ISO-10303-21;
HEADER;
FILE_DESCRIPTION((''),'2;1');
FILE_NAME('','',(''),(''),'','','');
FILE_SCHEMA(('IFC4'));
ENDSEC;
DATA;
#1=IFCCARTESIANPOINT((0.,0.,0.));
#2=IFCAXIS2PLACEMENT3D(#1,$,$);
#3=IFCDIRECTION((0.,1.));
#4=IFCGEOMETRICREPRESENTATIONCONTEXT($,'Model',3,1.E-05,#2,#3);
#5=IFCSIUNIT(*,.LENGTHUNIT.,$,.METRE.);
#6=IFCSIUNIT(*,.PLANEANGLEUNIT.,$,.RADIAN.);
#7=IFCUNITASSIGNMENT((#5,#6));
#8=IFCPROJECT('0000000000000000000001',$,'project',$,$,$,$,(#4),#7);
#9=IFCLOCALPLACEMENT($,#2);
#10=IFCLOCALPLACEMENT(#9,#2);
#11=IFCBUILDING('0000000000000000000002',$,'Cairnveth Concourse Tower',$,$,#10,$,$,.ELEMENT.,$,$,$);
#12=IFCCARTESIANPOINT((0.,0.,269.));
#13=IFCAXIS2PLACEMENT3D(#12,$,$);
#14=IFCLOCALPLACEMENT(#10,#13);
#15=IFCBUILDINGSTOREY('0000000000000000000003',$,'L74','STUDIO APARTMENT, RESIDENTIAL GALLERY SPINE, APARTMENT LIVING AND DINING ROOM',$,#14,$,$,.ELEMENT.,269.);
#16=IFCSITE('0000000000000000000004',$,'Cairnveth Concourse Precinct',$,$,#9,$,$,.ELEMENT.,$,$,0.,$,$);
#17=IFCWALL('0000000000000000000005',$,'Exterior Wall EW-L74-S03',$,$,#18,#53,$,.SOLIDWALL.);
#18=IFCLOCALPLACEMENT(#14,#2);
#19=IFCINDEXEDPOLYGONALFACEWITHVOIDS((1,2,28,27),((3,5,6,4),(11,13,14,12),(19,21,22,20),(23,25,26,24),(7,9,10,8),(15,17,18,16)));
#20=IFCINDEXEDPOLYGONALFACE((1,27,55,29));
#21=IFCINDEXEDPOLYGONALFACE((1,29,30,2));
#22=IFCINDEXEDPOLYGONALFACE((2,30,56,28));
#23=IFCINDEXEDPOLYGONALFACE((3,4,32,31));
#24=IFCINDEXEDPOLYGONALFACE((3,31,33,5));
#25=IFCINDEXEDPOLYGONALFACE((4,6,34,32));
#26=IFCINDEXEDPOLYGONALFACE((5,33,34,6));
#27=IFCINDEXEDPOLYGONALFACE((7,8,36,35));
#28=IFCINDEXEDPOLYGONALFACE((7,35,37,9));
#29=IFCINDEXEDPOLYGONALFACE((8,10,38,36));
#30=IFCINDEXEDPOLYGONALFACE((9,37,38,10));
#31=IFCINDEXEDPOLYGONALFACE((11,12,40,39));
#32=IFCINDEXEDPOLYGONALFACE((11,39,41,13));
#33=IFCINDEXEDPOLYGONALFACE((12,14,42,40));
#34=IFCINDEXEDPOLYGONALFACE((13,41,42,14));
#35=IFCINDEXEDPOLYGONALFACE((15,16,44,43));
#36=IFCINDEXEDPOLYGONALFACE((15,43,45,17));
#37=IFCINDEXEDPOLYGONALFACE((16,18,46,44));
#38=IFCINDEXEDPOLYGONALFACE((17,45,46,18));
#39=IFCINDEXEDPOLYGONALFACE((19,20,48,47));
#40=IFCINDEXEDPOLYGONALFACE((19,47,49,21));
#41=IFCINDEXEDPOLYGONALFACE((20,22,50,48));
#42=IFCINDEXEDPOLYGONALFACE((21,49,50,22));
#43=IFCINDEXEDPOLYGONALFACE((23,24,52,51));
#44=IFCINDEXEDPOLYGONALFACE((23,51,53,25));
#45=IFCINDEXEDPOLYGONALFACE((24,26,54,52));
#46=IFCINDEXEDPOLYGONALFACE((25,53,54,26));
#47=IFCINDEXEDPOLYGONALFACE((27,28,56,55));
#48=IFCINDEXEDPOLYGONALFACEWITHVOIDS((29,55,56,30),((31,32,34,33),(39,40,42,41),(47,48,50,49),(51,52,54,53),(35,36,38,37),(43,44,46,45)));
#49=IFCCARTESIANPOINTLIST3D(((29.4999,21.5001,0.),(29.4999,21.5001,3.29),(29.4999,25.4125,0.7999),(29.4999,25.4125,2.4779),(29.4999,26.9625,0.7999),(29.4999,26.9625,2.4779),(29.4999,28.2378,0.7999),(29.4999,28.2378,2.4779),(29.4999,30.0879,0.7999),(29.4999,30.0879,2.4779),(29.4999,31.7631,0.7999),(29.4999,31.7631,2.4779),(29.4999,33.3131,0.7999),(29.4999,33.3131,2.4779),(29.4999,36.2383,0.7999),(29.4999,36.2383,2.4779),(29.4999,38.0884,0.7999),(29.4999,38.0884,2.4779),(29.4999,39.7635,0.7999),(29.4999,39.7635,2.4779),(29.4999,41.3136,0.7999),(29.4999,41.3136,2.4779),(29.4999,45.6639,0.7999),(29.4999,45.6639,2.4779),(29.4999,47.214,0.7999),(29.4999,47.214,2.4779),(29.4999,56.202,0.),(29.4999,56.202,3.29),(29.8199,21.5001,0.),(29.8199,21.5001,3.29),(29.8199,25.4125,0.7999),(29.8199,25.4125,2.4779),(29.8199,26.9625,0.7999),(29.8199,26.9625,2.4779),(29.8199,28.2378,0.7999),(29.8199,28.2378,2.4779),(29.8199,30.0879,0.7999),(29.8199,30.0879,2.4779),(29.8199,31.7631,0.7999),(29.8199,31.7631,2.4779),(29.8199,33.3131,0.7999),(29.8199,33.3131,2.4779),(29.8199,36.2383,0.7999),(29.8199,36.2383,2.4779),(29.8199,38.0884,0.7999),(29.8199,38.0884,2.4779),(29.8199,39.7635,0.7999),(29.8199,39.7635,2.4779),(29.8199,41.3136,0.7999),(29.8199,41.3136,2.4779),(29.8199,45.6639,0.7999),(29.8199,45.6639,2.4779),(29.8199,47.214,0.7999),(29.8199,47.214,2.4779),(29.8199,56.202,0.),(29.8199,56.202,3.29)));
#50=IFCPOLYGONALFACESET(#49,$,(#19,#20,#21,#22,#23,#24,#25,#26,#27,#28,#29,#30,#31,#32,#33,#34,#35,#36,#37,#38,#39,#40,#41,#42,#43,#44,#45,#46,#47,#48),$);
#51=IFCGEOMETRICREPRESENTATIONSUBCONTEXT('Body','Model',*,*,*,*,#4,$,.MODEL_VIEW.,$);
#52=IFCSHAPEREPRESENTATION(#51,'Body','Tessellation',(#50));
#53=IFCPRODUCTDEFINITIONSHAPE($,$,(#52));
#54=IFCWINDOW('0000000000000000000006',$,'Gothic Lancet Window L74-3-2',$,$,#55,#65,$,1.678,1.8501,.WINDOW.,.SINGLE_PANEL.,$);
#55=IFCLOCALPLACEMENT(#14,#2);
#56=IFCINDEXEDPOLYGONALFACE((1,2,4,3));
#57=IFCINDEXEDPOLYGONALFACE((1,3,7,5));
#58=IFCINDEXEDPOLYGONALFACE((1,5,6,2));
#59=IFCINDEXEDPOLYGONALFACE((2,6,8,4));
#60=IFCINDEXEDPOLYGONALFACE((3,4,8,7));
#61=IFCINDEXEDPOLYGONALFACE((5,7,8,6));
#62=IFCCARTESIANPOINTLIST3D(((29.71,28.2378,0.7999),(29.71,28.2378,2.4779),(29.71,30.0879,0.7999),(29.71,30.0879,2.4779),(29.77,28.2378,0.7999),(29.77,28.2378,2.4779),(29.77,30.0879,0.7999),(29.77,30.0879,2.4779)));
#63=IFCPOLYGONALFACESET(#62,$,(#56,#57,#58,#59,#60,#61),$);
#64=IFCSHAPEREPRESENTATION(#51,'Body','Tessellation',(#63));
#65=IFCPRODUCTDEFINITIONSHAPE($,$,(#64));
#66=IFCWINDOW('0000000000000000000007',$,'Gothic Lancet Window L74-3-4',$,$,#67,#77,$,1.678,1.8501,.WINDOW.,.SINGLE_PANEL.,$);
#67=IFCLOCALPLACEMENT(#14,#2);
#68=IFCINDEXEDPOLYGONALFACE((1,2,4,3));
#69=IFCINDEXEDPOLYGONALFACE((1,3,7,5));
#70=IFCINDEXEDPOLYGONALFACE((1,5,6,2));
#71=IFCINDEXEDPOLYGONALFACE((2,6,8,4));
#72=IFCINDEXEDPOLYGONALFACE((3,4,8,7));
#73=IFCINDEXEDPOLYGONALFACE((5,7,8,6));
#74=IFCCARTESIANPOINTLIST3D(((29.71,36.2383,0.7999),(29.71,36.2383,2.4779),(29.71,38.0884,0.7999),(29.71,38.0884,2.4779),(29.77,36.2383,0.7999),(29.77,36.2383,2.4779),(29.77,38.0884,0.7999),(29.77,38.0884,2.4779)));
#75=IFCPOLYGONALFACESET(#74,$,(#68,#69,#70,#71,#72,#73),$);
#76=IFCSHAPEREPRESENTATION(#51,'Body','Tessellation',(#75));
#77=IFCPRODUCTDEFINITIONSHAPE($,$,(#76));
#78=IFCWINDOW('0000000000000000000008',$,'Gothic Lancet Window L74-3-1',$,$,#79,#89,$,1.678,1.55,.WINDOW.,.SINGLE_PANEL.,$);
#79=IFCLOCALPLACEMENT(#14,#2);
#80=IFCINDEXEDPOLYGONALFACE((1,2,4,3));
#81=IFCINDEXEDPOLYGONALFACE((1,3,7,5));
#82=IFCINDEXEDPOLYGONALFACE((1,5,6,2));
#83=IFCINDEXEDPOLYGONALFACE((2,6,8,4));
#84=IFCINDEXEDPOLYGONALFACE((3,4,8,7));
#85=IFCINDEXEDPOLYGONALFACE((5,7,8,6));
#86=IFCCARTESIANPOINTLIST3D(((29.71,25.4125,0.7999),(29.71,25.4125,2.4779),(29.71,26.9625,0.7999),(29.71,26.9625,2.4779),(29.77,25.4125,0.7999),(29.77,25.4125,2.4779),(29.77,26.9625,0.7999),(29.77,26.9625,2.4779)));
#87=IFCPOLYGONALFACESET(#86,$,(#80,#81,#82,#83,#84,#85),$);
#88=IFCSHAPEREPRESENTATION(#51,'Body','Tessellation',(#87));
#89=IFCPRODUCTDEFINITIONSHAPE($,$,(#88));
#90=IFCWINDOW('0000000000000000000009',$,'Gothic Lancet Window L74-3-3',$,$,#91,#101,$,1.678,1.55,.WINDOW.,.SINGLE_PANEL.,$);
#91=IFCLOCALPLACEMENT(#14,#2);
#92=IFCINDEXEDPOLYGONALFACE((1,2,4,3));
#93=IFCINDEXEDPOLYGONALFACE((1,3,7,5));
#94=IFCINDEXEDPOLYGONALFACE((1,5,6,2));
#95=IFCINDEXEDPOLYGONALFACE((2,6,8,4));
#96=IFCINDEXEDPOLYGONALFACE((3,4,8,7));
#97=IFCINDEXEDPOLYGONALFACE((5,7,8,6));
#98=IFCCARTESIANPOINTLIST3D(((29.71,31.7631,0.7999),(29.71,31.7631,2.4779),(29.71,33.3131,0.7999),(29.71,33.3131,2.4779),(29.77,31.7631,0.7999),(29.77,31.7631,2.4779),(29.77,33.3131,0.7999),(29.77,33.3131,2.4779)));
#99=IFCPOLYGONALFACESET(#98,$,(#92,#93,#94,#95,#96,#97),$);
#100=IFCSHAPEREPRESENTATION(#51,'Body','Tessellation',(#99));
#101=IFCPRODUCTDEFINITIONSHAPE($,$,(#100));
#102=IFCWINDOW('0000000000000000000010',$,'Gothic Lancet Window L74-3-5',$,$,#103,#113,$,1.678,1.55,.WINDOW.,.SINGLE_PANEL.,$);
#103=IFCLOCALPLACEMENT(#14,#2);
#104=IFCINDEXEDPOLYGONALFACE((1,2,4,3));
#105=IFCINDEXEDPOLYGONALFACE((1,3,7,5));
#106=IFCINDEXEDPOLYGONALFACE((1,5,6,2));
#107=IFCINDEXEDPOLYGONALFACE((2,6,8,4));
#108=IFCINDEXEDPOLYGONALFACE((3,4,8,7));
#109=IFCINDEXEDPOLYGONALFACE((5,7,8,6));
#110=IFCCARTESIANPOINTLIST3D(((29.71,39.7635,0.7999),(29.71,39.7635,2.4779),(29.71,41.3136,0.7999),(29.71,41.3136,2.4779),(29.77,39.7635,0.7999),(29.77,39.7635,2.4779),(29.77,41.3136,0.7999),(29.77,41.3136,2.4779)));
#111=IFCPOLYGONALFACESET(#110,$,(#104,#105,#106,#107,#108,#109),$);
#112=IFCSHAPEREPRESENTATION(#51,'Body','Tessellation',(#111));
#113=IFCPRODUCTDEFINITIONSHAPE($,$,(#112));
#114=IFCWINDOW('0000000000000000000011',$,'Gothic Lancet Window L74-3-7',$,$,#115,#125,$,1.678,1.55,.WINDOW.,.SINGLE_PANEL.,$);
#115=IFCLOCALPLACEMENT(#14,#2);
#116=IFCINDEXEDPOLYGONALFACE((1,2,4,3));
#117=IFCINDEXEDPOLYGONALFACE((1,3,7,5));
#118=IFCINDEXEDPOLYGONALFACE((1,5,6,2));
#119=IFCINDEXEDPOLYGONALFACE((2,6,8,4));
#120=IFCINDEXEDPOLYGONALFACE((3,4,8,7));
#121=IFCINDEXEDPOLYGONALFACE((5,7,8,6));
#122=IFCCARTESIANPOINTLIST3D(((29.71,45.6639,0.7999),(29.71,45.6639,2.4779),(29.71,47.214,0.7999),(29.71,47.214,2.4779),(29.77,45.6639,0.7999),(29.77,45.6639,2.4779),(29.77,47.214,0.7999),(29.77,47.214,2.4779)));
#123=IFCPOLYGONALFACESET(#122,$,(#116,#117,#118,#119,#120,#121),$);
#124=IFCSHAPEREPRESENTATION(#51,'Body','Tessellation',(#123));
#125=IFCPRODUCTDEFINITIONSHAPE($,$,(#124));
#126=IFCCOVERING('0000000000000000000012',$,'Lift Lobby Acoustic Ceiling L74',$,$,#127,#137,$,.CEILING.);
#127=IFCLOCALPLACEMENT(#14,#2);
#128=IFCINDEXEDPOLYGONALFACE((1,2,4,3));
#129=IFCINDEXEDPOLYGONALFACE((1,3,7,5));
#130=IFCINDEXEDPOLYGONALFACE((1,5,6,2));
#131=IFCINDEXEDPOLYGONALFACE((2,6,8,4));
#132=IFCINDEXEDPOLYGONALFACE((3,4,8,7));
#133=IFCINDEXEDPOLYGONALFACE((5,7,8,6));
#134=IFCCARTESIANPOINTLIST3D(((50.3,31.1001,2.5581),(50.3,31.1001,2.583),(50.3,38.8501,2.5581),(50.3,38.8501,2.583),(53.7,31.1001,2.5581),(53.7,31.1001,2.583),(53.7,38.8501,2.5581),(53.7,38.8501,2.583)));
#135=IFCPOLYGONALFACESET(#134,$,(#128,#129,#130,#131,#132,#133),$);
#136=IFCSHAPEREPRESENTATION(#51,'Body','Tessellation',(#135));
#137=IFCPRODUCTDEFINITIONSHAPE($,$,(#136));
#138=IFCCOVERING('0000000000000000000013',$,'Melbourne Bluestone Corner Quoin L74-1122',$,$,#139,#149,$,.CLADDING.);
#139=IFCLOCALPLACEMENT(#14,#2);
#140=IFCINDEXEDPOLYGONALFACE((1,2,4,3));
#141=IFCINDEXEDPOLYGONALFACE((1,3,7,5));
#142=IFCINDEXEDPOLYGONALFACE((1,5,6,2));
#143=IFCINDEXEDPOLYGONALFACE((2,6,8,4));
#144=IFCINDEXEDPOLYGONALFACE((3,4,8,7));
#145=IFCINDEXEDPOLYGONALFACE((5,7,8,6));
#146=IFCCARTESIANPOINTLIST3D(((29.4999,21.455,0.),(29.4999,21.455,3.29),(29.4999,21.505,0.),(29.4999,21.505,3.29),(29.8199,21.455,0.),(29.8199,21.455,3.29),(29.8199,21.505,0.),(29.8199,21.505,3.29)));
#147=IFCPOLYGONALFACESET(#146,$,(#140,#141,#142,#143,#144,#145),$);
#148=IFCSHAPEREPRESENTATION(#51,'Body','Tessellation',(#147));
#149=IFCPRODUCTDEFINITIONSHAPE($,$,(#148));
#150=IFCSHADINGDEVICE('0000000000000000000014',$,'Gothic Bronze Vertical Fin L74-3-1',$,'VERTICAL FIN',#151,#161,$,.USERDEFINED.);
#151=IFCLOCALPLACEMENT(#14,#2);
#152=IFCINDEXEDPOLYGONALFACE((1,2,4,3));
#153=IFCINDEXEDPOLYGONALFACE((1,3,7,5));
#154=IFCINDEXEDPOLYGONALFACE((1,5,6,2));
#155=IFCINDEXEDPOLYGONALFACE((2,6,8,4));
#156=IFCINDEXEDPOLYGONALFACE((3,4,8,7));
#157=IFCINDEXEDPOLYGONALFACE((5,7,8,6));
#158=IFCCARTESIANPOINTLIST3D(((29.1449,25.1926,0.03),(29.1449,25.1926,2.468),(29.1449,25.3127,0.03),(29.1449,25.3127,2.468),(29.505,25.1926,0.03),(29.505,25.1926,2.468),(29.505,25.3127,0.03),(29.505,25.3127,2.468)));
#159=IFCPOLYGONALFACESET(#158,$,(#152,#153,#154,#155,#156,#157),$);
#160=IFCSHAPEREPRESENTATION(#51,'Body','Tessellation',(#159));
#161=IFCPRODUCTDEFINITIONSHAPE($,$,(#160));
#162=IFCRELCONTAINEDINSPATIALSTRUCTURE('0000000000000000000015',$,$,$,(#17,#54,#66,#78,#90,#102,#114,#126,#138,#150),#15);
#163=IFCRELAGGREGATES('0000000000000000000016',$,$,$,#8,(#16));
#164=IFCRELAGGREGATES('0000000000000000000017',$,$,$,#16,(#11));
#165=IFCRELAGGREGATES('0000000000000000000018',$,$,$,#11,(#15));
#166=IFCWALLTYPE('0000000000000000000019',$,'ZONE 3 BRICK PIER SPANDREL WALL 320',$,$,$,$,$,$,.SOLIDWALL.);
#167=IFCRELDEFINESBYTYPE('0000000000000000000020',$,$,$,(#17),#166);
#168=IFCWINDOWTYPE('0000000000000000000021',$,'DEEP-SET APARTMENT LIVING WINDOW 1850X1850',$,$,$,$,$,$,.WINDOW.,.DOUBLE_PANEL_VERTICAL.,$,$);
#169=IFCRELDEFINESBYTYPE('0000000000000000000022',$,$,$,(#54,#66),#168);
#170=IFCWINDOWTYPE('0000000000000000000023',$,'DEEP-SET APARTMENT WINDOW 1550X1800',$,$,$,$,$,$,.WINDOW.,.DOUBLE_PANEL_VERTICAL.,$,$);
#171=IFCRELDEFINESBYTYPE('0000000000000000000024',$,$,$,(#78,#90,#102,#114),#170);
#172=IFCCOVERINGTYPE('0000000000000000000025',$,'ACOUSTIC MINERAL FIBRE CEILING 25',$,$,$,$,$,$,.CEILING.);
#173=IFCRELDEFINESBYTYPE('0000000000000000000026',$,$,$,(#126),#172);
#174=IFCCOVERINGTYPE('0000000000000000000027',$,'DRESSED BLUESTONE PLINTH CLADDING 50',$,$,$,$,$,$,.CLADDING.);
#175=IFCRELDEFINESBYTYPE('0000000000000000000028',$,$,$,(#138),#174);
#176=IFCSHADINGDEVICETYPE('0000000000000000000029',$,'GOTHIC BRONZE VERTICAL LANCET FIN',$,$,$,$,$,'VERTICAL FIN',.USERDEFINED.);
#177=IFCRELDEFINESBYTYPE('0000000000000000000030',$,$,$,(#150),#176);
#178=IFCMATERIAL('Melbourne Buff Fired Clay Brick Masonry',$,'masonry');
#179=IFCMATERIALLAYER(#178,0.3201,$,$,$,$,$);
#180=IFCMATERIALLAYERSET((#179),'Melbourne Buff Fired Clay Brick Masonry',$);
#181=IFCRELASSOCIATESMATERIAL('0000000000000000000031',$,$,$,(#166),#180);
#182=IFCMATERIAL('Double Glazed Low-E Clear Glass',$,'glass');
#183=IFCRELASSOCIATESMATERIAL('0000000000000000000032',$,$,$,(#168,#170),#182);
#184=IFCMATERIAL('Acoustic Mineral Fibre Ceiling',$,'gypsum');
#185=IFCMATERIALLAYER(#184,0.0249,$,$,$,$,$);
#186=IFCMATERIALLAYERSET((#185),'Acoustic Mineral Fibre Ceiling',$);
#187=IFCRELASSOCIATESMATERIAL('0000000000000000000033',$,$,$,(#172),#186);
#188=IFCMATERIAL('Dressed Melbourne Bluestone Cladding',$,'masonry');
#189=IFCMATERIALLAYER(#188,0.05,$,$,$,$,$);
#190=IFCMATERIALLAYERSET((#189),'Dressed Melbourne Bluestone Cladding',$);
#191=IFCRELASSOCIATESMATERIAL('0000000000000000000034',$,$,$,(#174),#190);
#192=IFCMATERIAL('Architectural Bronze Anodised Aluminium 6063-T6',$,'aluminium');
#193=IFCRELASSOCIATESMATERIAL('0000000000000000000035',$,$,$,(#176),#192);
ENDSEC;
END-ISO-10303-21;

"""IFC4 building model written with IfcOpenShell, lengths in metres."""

from ifc_helpers import new_model, si_unit, direction, frame, frame_2d, origin, origin_2d, place, context, subcontext, project, spatial, polyline, rectangle, outline, extrude, material, layer, layer_set, type_object, element, fill, save


model = new_model("IFC4")

# Units and contexts
model_context = context("Model", 3, precision=1e-05, world=origin(), true_north=direction((0.0, 1.0)))
body_context = subcontext(model_context, "Body", "Model", "MODEL_VIEW")
ifc_project = project(units=[si_unit("LENGTHUNIT", "METRE"), si_unit("PLANEANGLEUNIT", "RADIAN")], contexts=[model_context])

# Site, building, storey
site_placement = place(None, origin())
site = spatial("IfcSite", under=ifc_project, at=site_placement, Name="Cairnveth Concourse Precinct", CompositionType="ELEMENT", RefElevation=0.0)
building_placement = place(site_placement, origin())
building = spatial("IfcBuilding", under=site, at=building_placement, Name="Cairnveth Concourse Tower", CompositionType="ELEMENT")
storey_placement = place(building_placement, frame((0.0, 0.0, 269.0)))
storey = spatial("IfcBuildingStorey", under=building, at=storey_placement, Name="L74", Description="STUDIO APARTMENT, RESIDENTIAL GALLERY SPINE, APARTMENT LIVING AND DINING ROOM", CompositionType="ELEMENT", Elevation=269.0)

# Wall, openings, windows
ifc_material_1 = material(Name="Melbourne Buff Fired Clay Brick Masonry", Category="masonry")
ifc_layer_1 = layer(ifc_material_1, 0.3201)
ifc_layer_set_1 = layer_set([ifc_layer_1], Name="Melbourne Buff Fired Clay Brick Masonry")
wall_type_1 = type_object("IfcWallType", Name="ZONE 3 BRICK PIER SPANDREL WALL 320", PredefinedType="SOLIDWALL", material=ifc_layer_set_1)
wall_1_placement = place(storey_placement, frame((29.6599, 21.5, 0.0), z_axis=(0.0, 0.0, 1.0), x_axis=(0.0, 1.0, 0.0)))
wall_1 = element("IfcWall", 1, at=wall_1_placement, inside=storey, type_object=wall_type_1, Name="Exterior Wall EW-L74-S03", PredefinedType="SOLIDWALL", context=body_context, shape_type="SweptSolid", body=[
    extrude(rectangle(XDim=34.7019, YDim=0.3201, at=frame_2d((17.3511, 0.0))), origin(), (0.0, 0.0, 1.0), 3.29),
])
opening_1_placement = place(wall_1_placement, frame((3.9126, 0.0, 0.8)))
opening_1 = element("IfcOpeningElement", 2, at=opening_1_placement, cuts=wall_1, PredefinedType="OPENING", context=body_context, shape_type="SweptSolid", body=[
    extrude(rectangle(XDim=1.55, YDim=1.678, at=frame_2d((0.7749, 0.8389))), frame((0.0, 0.1699, 0.0), z_axis=(0.0, -1.0, 0.0), x_axis=(1.0, 0.0, 0.0)), (0.0, 0.0, 1.0), 0.3401),
])
opening_2_placement = place(wall_1_placement, frame((6.7378, 0.0, 0.8)))
opening_2 = element("IfcOpeningElement", 3, at=opening_2_placement, cuts=wall_1, PredefinedType="OPENING", context=body_context, shape_type="SweptSolid", body=[
    extrude(rectangle(XDim=1.8501, YDim=1.678, at=frame_2d((0.925, 0.8389))), frame((0.0, 0.1699, 0.0), z_axis=(0.0, -1.0, 0.0), x_axis=(1.0, 0.0, 0.0)), (0.0, 0.0, 1.0), 0.3401),
])
opening_3_placement = place(wall_1_placement, frame((10.2632, 0.0, 0.8)))
opening_3 = element("IfcOpeningElement", 4, at=opening_3_placement, cuts=wall_1, PredefinedType="OPENING", context=body_context, shape_type="SweptSolid", body=[
    extrude(rectangle(XDim=1.55, YDim=1.678, at=frame_2d((0.7749, 0.8389))), frame((0.0, 0.1699, 0.0), z_axis=(0.0, -1.0, 0.0), x_axis=(1.0, 0.0, 0.0)), (0.0, 0.0, 1.0), 0.3401),
])
opening_4_placement = place(wall_1_placement, frame((14.7383, 0.0, 0.8)))
opening_4 = element("IfcOpeningElement", 5, at=opening_4_placement, cuts=wall_1, PredefinedType="OPENING", context=body_context, shape_type="SweptSolid", body=[
    extrude(rectangle(XDim=1.8501, YDim=1.678, at=frame_2d((0.925, 0.8389))), frame((0.0, 0.1699, 0.0), z_axis=(0.0, -1.0, 0.0), x_axis=(1.0, 0.0, 0.0)), (0.0, 0.0, 1.0), 0.3401),
])
opening_5_placement = place(wall_1_placement, frame((18.2637, 0.0, 0.8)))
opening_5 = element("IfcOpeningElement", 6, at=opening_5_placement, cuts=wall_1, PredefinedType="OPENING", context=body_context, shape_type="SweptSolid", body=[
    extrude(rectangle(XDim=1.55, YDim=1.678, at=frame_2d((0.7749, 0.8389))), frame((0.0, 0.1699, 0.0), z_axis=(0.0, -1.0, 0.0), x_axis=(1.0, 0.0, 0.0)), (0.0, 0.0, 1.0), 0.3401),
])
opening_6_placement = place(wall_1_placement, frame((24.1641, 0.0, 0.8)))
opening_6 = element("IfcOpeningElement", 7, at=opening_6_placement, cuts=wall_1, PredefinedType="OPENING", context=body_context, shape_type="SweptSolid", body=[
    extrude(rectangle(XDim=1.55, YDim=1.678, at=frame_2d((0.7749, 0.8389))), frame((0.0, 0.1699, 0.0), z_axis=(0.0, -1.0, 0.0), x_axis=(1.0, 0.0, 0.0)), (0.0, 0.0, 1.0), 0.3401),
])
ifc_material_2 = material(Name="Double Glazed Low-E Clear Glass", Category="glass")
window_type_1 = type_object("IfcWindowType", Name="DEEP-SET APARTMENT LIVING WINDOW 1850X1850", PartitioningType="DOUBLE_PANEL_VERTICAL", PredefinedType="WINDOW", material=ifc_material_2)
window_1_placement = place(opening_2_placement, origin())
window_1 = element("IfcWindow", 8, at=window_1_placement, inside=storey, type_object=window_type_1, Name="Gothic Lancet Window L74-3-2", OverallHeight=1.678, OverallWidth=1.8501, PartitioningType="SINGLE_PANEL", PredefinedType="WINDOW", context=body_context, shape_type="SweptSolid", body=[
    extrude(rectangle(XDim=1.8501, YDim=1.678, at=frame_2d((0.925, 0.8389))), frame((0.0, -0.05, 0.0), z_axis=(0.0, -1.0, 0.0), x_axis=(1.0, 0.0, 0.0)), (0.0, 0.0, 1.0), 0.0601),
])
fill(opening_2, window_1)
window_2_placement = place(opening_4_placement, origin())
window_2 = element("IfcWindow", 9, at=window_2_placement, inside=storey, type_object=window_type_1, Name="Gothic Lancet Window L74-3-4", OverallHeight=1.678, OverallWidth=1.8501, PartitioningType="SINGLE_PANEL", PredefinedType="WINDOW", context=body_context, shape_type="SweptSolid", body=[
    extrude(rectangle(XDim=1.8501, YDim=1.678, at=frame_2d((0.925, 0.8389))), frame((0.0, -0.05, 0.0), z_axis=(0.0, -1.0, 0.0), x_axis=(1.0, 0.0, 0.0)), (0.0, 0.0, 1.0), 0.0601),
])
fill(opening_4, window_2)
window_type_2 = type_object("IfcWindowType", Name="DEEP-SET APARTMENT WINDOW 1550X1800", PartitioningType="DOUBLE_PANEL_VERTICAL", PredefinedType="WINDOW", material=ifc_material_2)
window_3_placement = place(opening_1_placement, origin())
window_3 = element("IfcWindow", 10, at=window_3_placement, inside=storey, type_object=window_type_2, Name="Gothic Lancet Window L74-3-1", OverallHeight=1.678, OverallWidth=1.55, PartitioningType="SINGLE_PANEL", PredefinedType="WINDOW", context=body_context, shape_type="SweptSolid", body=[
    extrude(rectangle(XDim=1.55, YDim=1.678, at=frame_2d((0.7749, 0.8389))), frame((0.0, -0.05, 0.0), z_axis=(0.0, -1.0, 0.0), x_axis=(1.0, 0.0, 0.0)), (0.0, 0.0, 1.0), 0.0601),
])
fill(opening_1, window_3)
window_4_placement = place(opening_3_placement, origin())
window_4 = element("IfcWindow", 11, at=window_4_placement, inside=storey, type_object=window_type_2, Name="Gothic Lancet Window L74-3-3", OverallHeight=1.678, OverallWidth=1.55, PartitioningType="SINGLE_PANEL", PredefinedType="WINDOW", context=body_context, shape_type="SweptSolid", body=[
    extrude(rectangle(XDim=1.55, YDim=1.678, at=frame_2d((0.7749, 0.8389))), frame((0.0, -0.05, 0.0), z_axis=(0.0, -1.0, 0.0), x_axis=(1.0, 0.0, 0.0)), (0.0, 0.0, 1.0), 0.0601),
])
fill(opening_3, window_4)
window_5_placement = place(opening_5_placement, origin())
window_5 = element("IfcWindow", 12, at=window_5_placement, inside=storey, type_object=window_type_2, Name="Gothic Lancet Window L74-3-5", OverallHeight=1.678, OverallWidth=1.55, PartitioningType="SINGLE_PANEL", PredefinedType="WINDOW", context=body_context, shape_type="SweptSolid", body=[
    extrude(rectangle(XDim=1.55, YDim=1.678, at=frame_2d((0.7749, 0.8389))), frame((0.0, -0.05, 0.0), z_axis=(0.0, -1.0, 0.0), x_axis=(1.0, 0.0, 0.0)), (0.0, 0.0, 1.0), 0.0601),
])
fill(opening_5, window_5)
window_6_placement = place(opening_6_placement, origin())
window_6 = element("IfcWindow", 13, at=window_6_placement, inside=storey, type_object=window_type_2, Name="Gothic Lancet Window L74-3-7", OverallHeight=1.678, OverallWidth=1.55, PartitioningType="SINGLE_PANEL", PredefinedType="WINDOW", context=body_context, shape_type="SweptSolid", body=[
    extrude(rectangle(XDim=1.55, YDim=1.678, at=frame_2d((0.7749, 0.8389))), frame((0.0, -0.05, 0.0), z_axis=(0.0, -1.0, 0.0), x_axis=(1.0, 0.0, 0.0)), (0.0, 0.0, 1.0), 0.0601),
])
fill(opening_6, window_6)

# Coverings
ifc_material_3 = material(Name="Acoustic Mineral Fibre Ceiling", Category="gypsum")
ifc_layer_2 = layer(ifc_material_3, 0.0249)
ifc_layer_set_2 = layer_set([ifc_layer_2], Name="Acoustic Mineral Fibre Ceiling")
covering_type_1 = type_object("IfcCoveringType", Name="ACOUSTIC MINERAL FIBRE CEILING 25", PredefinedType="CEILING", material=ifc_layer_set_2)
covering_1_placement = place(storey_placement, frame((0.0, 0.0, 2.5581)))
element("IfcCovering", 14, at=covering_1_placement, inside=storey, type_object=covering_type_1, Name="Lift Lobby Acoustic Ceiling L74", PredefinedType="CEILING", context=body_context, shape_type="SweptSolid", body=[
    extrude(outline(polyline([(50.3, 31.1001), (53.7, 31.1001), (53.7, 38.8501), (50.3, 38.8501), (50.3, 31.1001)])), origin(), (0.0, 0.0, 1.0), 0.0249),
])
ifc_material_4 = material(Name="Dressed Melbourne Bluestone Cladding", Category="masonry")
ifc_layer_3 = layer(ifc_material_4, 0.05)
ifc_layer_set_3 = layer_set([ifc_layer_3], Name="Dressed Melbourne Bluestone Cladding")
covering_type_2 = type_object("IfcCoveringType", Name="DRESSED BLUESTONE PLINTH CLADDING 50", PredefinedType="CLADDING", material=ifc_layer_set_3)
covering_2_placement = place(storey_placement, frame((29.8201, 21.48, 0.0), z_axis=(0.0, 0.0, 1.0), x_axis=(-1.0, 0.0, 0.0)))
element("IfcCovering", 15, at=covering_2_placement, inside=storey, type_object=covering_type_2, Name="Melbourne Bluestone Corner Quoin L74-1122", PredefinedType="CLADDING", context=body_context, shape_type="SweptSolid", body=[
    extrude(rectangle(XDim=0.3201, YDim=0.05, at=frame_2d((0.1602, 0.0))), origin(), (0.0, 0.0, 1.0), 3.29),
])

# Shading device
ifc_material_5 = material(Name="Architectural Bronze Anodised Aluminium 6063-T6", Category="aluminium")
shading_device_type_1 = type_object("IfcShadingDeviceType", Name="GOTHIC BRONZE VERTICAL LANCET FIN", ElementType="VERTICAL FIN", PredefinedType="USERDEFINED", material=ifc_material_5)
for number, where, z_axis, x_axis, name in (
    (16, (29.325, 25.2527, 0.03), (0.0, 0.0, 1.0), (0.0, 1.0, 0.0), "Gothic Bronze Vertical Fin L74-3-1"),
):
    element("IfcShadingDevice", number, at=place(storey_placement, frame(where, z_axis=z_axis, x_axis=x_axis)), inside=storey, type_object=shading_device_type_1, Name=name, ObjectType="VERTICAL FIN", PredefinedType="USERDEFINED", context=body_context, shape_type="SweptSolid", body=[
        extrude(rectangle(XDim=0.1201, YDim=0.3601, at=origin_2d()), origin(), (0.0, 0.0, 1.0), 2.438),
    ])

save(model, "model.ifc")
